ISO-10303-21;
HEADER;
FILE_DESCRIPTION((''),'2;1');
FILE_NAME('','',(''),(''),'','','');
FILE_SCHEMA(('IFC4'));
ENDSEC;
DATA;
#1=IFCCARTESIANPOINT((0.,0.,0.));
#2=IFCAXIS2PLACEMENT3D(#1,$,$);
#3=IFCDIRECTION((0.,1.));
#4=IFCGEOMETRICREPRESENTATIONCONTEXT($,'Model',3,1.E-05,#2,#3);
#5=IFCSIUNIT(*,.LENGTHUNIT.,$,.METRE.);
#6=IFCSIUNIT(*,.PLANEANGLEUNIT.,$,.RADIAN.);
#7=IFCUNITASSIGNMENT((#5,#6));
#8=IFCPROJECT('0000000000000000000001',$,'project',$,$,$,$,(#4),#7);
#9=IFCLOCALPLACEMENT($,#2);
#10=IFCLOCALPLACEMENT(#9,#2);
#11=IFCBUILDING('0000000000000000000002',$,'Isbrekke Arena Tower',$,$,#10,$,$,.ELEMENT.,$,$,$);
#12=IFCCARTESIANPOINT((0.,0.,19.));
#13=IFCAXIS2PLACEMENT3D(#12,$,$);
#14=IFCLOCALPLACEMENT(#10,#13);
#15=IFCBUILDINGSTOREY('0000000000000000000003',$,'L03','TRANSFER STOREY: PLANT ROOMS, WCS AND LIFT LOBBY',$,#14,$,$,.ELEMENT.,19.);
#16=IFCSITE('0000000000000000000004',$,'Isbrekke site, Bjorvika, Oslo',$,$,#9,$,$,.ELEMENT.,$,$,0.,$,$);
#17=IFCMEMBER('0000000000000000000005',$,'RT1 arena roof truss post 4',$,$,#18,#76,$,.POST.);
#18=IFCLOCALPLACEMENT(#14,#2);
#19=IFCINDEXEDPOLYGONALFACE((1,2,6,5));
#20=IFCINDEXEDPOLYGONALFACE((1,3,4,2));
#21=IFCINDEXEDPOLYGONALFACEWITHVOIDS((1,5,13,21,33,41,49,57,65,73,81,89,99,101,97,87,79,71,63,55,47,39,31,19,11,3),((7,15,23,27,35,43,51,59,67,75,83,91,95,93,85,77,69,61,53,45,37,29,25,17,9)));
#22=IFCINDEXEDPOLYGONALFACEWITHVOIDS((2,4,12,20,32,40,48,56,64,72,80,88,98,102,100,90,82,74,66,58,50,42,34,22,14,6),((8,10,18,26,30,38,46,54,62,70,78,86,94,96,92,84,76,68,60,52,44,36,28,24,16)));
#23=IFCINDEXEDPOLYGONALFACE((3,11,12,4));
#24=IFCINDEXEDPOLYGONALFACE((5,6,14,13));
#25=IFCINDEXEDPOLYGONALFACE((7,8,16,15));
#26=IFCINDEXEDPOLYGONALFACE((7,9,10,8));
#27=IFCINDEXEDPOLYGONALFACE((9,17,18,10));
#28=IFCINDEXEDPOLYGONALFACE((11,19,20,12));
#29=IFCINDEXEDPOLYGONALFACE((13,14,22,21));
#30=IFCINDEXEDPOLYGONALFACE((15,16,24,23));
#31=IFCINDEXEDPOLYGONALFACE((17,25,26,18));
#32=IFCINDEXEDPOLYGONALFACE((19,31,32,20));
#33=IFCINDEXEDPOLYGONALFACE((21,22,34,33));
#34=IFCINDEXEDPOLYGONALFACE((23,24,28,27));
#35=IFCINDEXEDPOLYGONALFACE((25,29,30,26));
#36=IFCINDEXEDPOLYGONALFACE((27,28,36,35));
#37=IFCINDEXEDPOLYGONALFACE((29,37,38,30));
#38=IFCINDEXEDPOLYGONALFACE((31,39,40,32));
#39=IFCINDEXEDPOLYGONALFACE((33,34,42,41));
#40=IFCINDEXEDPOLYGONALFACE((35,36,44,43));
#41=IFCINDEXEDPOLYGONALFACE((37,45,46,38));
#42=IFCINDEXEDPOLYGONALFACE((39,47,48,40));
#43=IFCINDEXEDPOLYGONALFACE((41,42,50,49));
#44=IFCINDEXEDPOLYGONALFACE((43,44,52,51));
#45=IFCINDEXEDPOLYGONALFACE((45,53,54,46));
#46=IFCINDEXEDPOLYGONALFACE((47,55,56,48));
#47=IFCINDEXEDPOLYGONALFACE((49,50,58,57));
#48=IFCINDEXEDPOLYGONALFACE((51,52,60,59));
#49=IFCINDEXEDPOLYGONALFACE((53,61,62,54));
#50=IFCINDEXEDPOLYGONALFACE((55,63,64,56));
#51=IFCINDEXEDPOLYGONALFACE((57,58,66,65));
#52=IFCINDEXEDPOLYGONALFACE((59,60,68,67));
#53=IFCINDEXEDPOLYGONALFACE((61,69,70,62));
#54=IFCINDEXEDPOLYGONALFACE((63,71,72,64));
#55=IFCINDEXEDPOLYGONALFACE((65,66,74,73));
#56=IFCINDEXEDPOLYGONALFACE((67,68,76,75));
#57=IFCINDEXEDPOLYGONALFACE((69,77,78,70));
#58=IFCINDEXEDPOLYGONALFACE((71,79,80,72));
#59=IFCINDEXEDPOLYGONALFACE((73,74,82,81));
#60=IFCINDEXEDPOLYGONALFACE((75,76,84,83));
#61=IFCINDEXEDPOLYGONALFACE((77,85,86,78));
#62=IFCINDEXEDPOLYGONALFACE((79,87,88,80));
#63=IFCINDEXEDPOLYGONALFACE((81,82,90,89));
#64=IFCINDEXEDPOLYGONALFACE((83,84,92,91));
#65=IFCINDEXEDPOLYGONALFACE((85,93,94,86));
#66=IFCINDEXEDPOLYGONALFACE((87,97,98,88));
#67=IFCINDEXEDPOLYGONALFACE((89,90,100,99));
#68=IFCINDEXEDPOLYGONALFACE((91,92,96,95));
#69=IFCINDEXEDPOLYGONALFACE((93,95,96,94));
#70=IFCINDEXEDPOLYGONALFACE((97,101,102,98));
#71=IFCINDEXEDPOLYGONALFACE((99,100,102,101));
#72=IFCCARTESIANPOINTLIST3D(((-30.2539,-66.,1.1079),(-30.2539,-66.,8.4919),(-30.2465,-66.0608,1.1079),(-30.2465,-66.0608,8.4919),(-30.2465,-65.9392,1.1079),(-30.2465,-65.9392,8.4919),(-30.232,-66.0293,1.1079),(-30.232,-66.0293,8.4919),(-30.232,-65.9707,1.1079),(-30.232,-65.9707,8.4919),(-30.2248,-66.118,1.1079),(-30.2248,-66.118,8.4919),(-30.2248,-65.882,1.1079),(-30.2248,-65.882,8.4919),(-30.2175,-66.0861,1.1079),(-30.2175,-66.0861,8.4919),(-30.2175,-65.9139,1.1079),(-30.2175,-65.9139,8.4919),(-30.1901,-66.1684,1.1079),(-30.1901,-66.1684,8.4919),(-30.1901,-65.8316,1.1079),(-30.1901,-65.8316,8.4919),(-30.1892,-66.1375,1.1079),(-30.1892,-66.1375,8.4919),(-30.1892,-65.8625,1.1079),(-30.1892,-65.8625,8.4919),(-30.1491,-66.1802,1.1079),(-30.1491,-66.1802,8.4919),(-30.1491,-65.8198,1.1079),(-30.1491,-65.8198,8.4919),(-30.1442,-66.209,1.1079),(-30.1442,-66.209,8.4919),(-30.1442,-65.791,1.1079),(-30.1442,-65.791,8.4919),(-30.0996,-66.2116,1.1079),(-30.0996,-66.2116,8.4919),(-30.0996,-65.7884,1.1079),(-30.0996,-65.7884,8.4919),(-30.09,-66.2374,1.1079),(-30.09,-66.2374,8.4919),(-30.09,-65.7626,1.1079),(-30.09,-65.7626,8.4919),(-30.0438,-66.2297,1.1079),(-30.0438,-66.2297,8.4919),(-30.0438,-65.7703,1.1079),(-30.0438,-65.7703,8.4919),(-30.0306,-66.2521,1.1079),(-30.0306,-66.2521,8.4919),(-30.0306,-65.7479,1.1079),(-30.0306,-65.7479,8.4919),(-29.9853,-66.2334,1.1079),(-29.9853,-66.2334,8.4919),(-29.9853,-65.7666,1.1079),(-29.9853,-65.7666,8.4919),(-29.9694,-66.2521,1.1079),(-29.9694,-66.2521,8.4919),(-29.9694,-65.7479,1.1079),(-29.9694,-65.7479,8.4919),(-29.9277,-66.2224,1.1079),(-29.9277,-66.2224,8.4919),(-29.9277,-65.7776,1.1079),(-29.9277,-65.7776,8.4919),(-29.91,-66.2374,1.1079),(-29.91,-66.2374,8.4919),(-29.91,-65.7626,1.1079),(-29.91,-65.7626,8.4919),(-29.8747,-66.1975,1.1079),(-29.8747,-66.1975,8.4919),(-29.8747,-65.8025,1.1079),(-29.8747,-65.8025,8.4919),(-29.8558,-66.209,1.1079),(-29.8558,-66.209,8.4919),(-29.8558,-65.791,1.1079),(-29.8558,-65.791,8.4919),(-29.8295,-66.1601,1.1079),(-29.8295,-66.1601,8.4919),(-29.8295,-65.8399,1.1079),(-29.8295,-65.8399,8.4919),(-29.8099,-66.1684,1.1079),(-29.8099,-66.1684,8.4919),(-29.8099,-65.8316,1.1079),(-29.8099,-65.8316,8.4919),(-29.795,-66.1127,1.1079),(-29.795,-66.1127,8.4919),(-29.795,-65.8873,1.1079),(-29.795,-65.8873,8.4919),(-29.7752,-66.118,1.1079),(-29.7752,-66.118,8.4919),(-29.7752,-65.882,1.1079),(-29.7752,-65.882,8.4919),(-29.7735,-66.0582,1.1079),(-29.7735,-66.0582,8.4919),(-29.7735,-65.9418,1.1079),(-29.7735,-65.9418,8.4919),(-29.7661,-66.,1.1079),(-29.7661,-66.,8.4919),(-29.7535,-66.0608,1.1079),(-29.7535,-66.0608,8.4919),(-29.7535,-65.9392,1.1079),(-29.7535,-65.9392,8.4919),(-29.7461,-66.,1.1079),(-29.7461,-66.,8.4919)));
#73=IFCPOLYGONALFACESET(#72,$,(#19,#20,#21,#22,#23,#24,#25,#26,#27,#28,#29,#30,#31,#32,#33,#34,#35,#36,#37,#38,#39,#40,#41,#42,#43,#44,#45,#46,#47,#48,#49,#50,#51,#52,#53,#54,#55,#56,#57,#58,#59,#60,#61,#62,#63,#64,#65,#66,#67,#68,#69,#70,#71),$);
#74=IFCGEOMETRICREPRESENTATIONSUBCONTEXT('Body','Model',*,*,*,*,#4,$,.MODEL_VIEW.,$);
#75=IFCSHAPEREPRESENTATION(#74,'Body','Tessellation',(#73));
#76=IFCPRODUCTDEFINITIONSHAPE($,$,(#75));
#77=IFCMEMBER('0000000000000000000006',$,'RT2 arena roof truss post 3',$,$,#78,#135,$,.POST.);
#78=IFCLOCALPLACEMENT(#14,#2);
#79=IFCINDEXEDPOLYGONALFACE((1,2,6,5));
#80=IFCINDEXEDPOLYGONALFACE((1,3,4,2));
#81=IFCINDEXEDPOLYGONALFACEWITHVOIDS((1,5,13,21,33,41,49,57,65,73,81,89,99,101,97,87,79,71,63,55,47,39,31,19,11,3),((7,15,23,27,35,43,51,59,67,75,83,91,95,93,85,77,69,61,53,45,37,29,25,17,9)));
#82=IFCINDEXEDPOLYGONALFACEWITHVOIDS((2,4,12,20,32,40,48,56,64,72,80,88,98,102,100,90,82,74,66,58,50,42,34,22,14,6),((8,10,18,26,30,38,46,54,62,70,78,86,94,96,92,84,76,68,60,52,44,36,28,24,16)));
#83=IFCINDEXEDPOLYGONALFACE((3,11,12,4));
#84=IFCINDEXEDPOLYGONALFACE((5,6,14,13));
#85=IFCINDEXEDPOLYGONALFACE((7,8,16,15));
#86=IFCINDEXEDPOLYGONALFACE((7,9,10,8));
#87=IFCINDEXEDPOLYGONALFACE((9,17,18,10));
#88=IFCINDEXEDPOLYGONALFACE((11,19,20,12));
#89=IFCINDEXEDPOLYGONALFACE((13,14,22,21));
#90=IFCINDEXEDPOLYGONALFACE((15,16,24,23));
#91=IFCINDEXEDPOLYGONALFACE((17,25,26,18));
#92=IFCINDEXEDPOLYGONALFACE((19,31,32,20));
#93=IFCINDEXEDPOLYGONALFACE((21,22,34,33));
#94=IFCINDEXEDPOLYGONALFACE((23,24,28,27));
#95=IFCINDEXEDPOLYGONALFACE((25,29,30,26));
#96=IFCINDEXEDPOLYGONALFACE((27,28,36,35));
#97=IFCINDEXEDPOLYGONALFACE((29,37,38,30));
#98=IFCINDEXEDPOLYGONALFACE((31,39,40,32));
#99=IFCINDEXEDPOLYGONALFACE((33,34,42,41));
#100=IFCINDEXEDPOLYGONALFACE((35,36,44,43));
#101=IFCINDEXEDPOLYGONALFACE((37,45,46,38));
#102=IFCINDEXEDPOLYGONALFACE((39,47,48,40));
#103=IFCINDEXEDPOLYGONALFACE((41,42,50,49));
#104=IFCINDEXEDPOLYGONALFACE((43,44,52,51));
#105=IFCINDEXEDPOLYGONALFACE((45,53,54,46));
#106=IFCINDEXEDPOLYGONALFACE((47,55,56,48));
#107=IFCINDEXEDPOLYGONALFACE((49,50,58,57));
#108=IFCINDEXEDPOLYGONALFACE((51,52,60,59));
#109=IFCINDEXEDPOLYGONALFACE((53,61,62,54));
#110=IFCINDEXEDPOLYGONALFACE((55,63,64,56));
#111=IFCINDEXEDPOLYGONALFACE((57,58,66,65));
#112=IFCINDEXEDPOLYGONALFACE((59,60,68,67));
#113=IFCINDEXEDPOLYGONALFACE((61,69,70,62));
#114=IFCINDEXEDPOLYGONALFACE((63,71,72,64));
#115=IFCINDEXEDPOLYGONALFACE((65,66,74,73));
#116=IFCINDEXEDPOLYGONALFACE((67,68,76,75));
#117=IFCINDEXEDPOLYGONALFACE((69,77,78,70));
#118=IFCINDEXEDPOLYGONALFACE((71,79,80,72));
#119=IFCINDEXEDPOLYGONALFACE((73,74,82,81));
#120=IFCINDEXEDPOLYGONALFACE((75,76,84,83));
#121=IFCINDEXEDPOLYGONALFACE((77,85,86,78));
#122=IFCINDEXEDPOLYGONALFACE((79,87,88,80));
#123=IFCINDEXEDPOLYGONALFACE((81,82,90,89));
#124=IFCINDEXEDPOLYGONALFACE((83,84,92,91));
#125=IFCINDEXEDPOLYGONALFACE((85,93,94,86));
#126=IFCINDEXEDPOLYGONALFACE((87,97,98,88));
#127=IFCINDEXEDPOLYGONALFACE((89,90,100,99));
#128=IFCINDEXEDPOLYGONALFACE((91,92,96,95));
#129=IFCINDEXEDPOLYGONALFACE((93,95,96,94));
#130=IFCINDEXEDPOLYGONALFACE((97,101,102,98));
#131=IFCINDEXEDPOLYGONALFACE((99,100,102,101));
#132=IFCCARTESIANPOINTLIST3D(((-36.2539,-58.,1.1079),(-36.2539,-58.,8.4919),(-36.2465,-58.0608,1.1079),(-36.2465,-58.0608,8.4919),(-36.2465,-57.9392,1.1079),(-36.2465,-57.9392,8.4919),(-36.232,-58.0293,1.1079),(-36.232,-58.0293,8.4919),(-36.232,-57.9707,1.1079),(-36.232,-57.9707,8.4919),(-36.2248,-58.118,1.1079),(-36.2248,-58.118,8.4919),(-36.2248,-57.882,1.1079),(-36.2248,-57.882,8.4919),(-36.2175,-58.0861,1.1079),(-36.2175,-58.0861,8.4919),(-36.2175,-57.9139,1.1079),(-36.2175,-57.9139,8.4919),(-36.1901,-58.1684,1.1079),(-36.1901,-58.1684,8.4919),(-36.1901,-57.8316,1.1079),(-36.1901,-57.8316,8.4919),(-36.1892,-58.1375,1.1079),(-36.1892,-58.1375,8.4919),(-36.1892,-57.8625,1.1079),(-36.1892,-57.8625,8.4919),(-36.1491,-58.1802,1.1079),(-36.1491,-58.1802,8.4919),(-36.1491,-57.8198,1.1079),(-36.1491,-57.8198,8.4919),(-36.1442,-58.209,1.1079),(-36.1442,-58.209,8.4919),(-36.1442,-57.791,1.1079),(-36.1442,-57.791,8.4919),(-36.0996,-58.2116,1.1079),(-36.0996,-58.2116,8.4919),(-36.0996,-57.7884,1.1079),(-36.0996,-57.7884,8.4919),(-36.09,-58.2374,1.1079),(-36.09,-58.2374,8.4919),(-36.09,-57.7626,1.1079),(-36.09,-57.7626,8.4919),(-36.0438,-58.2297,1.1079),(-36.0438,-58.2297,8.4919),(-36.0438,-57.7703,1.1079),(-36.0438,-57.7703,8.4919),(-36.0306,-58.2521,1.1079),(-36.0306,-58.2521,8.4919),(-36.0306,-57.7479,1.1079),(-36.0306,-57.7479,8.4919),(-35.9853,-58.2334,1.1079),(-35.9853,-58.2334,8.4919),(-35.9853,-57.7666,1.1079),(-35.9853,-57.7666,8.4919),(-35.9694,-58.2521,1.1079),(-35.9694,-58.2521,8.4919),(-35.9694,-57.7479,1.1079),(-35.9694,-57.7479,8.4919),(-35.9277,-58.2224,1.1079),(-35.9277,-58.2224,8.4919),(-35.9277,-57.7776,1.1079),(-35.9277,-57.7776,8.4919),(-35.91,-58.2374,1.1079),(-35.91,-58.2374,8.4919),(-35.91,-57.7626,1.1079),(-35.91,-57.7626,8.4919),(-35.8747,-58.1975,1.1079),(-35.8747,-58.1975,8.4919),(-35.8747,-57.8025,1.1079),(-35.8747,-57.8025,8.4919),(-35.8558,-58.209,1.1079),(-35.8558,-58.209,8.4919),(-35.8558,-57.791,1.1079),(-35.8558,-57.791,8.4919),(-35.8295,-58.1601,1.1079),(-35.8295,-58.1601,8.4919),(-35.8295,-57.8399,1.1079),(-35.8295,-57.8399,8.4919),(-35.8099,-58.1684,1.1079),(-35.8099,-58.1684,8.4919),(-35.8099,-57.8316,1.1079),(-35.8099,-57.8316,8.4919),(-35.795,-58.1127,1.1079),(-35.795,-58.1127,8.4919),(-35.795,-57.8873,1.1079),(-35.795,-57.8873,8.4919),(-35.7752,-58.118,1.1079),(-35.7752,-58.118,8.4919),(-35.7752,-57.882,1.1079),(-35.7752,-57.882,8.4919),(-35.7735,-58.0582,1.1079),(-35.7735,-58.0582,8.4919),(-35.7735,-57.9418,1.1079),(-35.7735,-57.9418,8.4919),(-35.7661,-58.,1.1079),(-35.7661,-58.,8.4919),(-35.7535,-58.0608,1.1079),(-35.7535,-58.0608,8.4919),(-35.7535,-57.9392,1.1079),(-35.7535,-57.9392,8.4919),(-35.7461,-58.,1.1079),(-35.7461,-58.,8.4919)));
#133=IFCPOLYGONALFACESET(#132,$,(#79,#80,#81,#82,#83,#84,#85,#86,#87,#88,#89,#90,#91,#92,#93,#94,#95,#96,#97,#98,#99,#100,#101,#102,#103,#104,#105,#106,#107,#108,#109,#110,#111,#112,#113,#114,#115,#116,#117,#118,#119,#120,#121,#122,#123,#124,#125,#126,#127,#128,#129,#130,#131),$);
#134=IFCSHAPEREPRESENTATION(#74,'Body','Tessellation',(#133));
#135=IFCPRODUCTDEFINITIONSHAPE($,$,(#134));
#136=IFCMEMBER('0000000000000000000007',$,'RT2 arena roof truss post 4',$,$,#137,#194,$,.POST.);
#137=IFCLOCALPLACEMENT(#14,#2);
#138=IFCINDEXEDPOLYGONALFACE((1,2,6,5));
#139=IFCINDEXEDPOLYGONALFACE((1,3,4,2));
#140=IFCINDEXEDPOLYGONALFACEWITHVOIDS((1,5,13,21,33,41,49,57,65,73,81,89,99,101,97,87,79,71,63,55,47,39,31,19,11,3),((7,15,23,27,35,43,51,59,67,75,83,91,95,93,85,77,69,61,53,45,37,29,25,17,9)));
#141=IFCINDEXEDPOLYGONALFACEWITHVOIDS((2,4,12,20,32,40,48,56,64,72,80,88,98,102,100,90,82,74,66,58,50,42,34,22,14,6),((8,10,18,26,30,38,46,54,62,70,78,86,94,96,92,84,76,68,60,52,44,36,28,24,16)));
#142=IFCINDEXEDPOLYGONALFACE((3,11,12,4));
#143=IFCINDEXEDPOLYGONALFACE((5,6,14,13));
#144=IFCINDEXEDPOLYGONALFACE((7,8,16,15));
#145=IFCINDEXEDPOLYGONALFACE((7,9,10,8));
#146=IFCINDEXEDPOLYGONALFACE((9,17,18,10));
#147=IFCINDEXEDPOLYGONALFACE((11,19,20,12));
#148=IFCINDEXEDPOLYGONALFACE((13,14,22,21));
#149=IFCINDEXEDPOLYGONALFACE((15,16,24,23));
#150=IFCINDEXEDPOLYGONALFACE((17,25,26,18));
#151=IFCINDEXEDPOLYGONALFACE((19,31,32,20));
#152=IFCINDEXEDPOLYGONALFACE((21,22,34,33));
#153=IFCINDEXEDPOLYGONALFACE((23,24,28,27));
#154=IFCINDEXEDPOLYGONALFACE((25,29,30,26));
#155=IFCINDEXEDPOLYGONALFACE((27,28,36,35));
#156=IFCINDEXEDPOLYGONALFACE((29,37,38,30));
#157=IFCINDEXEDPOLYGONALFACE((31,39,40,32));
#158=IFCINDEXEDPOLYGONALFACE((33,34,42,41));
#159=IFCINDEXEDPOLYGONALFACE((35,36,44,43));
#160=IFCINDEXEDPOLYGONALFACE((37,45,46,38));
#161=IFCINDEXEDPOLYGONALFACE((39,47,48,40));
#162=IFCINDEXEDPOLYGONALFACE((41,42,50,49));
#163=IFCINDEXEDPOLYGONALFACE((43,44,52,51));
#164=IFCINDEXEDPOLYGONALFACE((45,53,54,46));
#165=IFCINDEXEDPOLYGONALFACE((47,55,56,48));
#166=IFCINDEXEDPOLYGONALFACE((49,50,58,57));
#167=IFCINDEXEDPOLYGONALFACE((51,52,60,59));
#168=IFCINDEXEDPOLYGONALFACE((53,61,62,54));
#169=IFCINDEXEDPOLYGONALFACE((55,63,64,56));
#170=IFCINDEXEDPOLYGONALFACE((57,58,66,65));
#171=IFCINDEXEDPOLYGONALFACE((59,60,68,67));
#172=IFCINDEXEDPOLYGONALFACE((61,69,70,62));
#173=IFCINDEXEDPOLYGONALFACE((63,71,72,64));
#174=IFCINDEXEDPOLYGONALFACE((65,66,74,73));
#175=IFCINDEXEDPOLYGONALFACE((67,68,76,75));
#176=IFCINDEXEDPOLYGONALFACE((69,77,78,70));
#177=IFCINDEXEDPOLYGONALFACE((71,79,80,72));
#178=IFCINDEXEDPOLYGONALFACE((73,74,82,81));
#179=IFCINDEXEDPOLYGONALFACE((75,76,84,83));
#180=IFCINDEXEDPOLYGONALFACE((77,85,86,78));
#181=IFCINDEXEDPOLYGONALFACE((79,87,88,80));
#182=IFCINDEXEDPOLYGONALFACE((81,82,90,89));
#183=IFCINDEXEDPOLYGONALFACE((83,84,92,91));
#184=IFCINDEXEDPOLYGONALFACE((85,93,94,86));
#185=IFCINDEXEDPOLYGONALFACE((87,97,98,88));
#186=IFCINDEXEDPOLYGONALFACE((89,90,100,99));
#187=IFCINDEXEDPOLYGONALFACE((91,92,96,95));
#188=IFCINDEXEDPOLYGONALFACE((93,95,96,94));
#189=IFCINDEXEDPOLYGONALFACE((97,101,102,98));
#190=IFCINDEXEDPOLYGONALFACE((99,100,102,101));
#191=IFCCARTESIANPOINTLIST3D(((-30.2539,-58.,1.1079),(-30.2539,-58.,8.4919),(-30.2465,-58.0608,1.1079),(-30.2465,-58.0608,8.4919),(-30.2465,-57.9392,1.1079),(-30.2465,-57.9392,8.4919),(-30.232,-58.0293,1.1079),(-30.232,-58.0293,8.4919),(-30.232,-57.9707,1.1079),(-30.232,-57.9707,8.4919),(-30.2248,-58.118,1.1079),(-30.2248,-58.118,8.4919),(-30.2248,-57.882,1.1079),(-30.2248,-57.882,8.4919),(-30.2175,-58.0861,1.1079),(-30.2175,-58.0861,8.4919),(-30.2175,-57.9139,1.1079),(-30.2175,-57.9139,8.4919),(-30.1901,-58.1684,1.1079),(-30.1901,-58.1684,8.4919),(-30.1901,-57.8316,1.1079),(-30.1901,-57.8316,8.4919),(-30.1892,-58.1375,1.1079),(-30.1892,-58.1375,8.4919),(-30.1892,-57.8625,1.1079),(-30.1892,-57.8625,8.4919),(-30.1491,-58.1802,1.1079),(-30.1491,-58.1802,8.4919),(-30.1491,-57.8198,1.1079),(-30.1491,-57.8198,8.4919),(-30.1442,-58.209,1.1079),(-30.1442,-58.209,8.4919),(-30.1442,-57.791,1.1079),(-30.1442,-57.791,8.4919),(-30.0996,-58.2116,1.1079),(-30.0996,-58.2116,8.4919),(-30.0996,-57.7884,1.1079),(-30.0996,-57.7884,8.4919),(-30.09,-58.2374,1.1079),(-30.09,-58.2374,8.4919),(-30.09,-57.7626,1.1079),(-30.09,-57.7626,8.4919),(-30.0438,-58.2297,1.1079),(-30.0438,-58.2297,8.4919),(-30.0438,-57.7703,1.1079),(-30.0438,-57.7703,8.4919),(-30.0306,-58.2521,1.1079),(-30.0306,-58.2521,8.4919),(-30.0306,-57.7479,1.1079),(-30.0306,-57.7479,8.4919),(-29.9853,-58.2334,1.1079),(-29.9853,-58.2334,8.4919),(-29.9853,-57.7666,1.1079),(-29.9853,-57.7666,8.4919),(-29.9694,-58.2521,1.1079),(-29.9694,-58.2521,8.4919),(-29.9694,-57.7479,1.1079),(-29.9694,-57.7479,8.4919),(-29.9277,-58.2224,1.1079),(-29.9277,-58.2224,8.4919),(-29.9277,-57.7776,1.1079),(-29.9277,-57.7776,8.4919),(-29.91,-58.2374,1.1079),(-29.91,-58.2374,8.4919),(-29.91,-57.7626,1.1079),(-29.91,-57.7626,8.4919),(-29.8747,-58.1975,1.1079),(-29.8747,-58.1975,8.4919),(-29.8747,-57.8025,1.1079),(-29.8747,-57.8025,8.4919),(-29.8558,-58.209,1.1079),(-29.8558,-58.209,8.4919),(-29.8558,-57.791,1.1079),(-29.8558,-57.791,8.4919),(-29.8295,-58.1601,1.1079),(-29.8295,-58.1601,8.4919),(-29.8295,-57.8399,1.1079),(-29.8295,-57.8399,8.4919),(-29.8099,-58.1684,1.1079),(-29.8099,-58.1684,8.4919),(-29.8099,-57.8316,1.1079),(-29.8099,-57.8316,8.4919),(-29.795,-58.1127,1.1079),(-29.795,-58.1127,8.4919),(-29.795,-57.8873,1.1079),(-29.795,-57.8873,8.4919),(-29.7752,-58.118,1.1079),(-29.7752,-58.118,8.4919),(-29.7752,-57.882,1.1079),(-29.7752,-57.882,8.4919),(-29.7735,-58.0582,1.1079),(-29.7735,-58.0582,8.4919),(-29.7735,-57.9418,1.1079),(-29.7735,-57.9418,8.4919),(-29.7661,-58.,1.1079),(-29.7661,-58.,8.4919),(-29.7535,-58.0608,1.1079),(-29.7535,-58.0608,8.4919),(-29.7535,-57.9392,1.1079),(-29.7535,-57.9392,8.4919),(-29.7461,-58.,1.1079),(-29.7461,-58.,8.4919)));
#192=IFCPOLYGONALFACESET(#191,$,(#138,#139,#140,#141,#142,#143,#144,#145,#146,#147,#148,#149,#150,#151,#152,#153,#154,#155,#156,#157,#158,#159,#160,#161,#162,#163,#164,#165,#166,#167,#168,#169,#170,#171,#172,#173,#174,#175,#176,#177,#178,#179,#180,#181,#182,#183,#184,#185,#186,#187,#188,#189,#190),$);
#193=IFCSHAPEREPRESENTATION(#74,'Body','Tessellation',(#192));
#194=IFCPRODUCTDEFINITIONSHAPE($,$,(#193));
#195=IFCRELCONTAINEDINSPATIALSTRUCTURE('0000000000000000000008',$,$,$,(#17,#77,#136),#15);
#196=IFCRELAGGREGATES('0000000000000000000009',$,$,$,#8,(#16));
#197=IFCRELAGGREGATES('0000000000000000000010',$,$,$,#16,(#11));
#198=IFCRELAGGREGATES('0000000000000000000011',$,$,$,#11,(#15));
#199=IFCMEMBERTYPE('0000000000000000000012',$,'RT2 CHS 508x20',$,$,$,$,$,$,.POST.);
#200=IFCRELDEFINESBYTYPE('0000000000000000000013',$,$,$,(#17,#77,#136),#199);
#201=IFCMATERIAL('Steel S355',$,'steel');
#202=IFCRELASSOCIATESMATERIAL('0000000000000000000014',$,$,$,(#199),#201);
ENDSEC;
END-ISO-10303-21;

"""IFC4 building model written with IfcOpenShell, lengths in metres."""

from ifc_helpers import new_model, si_unit, direction, frame, origin, origin_2d, place, context, subcontext, project, spatial, hollow_circle, extrude, material, material_profile, profile_set, type_object, element, save


model = new_model("IFC4")

# Units and contexts
model_context = context("Model", 3, precision=1e-05, world=origin(), true_north=direction((0.0, 1.0)))
body_context = subcontext(model_context, "Body", "Model", "MODEL_VIEW")
ifc_project = project(units=[si_unit("LENGTHUNIT", "METRE"), si_unit("PLANEANGLEUNIT", "RADIAN")], contexts=[model_context])

# Site, building, storey
site_placement = place(None, origin())
site = spatial("IfcSite", under=ifc_project, at=site_placement, Name="Isbrekke site, Bjorvika, Oslo", CompositionType="ELEMENT", RefElevation=0.0)
building_placement = place(site_placement, origin())
building = spatial("IfcBuilding", under=site, at=building_placement, Name="Isbrekke Arena Tower", CompositionType="ELEMENT")
storey_placement = place(building_placement, frame((0.0, 0.0, 19.0)))
storey = spatial("IfcBuildingStorey", under=building, at=storey_placement, Name="L03", Description="TRANSFER STOREY: PLANT ROOMS, WCS AND LIFT LOBBY", CompositionType="ELEMENT", Elevation=19.0)

# Members
ifc_material_1 = material(Name="Steel S355", Category="steel")
ifc_material_profile_1 = material_profile(ifc_material_1, hollow_circle(Radius=0.2539, WallThickness=0.02, at=origin_2d()), Name="CHS 508x20")
ifc_profile_set_1 = profile_set([ifc_material_profile_1], Name="Steel S355")
member_type_1 = type_object("IfcMemberType", Name="RT2 CHS 508x20", PredefinedType="POST", material=ifc_profile_set_1)
for number, where, z_axis, x_axis, name in (
    (1, (-30.0, -66.0, 1.1079), (0.0, 0.0, 1.0), (1.0, 0.0, 0.0), "RT1 arena roof truss post 4"),
    (2, (-36.0, -58.0, 1.1079), (0.0, 0.0, 1.0), (1.0, 0.0, 0.0), "RT2 arena roof truss post 3"),
    (3, (-30.0, -58.0, 1.1079), (0.0, 0.0, 1.0), (1.0, 0.0, 0.0), "RT2 arena roof truss post 4"),
):
    element("IfcMember", number, at=place(storey_placement, frame(where, z_axis=z_axis, x_axis=x_axis)), inside=storey, type_object=member_type_1, Name=name, PredefinedType="POST", context=body_context, shape_type="SweptSolid", body=[
        extrude(hollow_circle(Radius=0.2539, WallThickness=0.02, at=origin_2d()), origin(), (0.0, 0.0, 1.0), 7.384),
    ])

save(model, "model.ifc")
